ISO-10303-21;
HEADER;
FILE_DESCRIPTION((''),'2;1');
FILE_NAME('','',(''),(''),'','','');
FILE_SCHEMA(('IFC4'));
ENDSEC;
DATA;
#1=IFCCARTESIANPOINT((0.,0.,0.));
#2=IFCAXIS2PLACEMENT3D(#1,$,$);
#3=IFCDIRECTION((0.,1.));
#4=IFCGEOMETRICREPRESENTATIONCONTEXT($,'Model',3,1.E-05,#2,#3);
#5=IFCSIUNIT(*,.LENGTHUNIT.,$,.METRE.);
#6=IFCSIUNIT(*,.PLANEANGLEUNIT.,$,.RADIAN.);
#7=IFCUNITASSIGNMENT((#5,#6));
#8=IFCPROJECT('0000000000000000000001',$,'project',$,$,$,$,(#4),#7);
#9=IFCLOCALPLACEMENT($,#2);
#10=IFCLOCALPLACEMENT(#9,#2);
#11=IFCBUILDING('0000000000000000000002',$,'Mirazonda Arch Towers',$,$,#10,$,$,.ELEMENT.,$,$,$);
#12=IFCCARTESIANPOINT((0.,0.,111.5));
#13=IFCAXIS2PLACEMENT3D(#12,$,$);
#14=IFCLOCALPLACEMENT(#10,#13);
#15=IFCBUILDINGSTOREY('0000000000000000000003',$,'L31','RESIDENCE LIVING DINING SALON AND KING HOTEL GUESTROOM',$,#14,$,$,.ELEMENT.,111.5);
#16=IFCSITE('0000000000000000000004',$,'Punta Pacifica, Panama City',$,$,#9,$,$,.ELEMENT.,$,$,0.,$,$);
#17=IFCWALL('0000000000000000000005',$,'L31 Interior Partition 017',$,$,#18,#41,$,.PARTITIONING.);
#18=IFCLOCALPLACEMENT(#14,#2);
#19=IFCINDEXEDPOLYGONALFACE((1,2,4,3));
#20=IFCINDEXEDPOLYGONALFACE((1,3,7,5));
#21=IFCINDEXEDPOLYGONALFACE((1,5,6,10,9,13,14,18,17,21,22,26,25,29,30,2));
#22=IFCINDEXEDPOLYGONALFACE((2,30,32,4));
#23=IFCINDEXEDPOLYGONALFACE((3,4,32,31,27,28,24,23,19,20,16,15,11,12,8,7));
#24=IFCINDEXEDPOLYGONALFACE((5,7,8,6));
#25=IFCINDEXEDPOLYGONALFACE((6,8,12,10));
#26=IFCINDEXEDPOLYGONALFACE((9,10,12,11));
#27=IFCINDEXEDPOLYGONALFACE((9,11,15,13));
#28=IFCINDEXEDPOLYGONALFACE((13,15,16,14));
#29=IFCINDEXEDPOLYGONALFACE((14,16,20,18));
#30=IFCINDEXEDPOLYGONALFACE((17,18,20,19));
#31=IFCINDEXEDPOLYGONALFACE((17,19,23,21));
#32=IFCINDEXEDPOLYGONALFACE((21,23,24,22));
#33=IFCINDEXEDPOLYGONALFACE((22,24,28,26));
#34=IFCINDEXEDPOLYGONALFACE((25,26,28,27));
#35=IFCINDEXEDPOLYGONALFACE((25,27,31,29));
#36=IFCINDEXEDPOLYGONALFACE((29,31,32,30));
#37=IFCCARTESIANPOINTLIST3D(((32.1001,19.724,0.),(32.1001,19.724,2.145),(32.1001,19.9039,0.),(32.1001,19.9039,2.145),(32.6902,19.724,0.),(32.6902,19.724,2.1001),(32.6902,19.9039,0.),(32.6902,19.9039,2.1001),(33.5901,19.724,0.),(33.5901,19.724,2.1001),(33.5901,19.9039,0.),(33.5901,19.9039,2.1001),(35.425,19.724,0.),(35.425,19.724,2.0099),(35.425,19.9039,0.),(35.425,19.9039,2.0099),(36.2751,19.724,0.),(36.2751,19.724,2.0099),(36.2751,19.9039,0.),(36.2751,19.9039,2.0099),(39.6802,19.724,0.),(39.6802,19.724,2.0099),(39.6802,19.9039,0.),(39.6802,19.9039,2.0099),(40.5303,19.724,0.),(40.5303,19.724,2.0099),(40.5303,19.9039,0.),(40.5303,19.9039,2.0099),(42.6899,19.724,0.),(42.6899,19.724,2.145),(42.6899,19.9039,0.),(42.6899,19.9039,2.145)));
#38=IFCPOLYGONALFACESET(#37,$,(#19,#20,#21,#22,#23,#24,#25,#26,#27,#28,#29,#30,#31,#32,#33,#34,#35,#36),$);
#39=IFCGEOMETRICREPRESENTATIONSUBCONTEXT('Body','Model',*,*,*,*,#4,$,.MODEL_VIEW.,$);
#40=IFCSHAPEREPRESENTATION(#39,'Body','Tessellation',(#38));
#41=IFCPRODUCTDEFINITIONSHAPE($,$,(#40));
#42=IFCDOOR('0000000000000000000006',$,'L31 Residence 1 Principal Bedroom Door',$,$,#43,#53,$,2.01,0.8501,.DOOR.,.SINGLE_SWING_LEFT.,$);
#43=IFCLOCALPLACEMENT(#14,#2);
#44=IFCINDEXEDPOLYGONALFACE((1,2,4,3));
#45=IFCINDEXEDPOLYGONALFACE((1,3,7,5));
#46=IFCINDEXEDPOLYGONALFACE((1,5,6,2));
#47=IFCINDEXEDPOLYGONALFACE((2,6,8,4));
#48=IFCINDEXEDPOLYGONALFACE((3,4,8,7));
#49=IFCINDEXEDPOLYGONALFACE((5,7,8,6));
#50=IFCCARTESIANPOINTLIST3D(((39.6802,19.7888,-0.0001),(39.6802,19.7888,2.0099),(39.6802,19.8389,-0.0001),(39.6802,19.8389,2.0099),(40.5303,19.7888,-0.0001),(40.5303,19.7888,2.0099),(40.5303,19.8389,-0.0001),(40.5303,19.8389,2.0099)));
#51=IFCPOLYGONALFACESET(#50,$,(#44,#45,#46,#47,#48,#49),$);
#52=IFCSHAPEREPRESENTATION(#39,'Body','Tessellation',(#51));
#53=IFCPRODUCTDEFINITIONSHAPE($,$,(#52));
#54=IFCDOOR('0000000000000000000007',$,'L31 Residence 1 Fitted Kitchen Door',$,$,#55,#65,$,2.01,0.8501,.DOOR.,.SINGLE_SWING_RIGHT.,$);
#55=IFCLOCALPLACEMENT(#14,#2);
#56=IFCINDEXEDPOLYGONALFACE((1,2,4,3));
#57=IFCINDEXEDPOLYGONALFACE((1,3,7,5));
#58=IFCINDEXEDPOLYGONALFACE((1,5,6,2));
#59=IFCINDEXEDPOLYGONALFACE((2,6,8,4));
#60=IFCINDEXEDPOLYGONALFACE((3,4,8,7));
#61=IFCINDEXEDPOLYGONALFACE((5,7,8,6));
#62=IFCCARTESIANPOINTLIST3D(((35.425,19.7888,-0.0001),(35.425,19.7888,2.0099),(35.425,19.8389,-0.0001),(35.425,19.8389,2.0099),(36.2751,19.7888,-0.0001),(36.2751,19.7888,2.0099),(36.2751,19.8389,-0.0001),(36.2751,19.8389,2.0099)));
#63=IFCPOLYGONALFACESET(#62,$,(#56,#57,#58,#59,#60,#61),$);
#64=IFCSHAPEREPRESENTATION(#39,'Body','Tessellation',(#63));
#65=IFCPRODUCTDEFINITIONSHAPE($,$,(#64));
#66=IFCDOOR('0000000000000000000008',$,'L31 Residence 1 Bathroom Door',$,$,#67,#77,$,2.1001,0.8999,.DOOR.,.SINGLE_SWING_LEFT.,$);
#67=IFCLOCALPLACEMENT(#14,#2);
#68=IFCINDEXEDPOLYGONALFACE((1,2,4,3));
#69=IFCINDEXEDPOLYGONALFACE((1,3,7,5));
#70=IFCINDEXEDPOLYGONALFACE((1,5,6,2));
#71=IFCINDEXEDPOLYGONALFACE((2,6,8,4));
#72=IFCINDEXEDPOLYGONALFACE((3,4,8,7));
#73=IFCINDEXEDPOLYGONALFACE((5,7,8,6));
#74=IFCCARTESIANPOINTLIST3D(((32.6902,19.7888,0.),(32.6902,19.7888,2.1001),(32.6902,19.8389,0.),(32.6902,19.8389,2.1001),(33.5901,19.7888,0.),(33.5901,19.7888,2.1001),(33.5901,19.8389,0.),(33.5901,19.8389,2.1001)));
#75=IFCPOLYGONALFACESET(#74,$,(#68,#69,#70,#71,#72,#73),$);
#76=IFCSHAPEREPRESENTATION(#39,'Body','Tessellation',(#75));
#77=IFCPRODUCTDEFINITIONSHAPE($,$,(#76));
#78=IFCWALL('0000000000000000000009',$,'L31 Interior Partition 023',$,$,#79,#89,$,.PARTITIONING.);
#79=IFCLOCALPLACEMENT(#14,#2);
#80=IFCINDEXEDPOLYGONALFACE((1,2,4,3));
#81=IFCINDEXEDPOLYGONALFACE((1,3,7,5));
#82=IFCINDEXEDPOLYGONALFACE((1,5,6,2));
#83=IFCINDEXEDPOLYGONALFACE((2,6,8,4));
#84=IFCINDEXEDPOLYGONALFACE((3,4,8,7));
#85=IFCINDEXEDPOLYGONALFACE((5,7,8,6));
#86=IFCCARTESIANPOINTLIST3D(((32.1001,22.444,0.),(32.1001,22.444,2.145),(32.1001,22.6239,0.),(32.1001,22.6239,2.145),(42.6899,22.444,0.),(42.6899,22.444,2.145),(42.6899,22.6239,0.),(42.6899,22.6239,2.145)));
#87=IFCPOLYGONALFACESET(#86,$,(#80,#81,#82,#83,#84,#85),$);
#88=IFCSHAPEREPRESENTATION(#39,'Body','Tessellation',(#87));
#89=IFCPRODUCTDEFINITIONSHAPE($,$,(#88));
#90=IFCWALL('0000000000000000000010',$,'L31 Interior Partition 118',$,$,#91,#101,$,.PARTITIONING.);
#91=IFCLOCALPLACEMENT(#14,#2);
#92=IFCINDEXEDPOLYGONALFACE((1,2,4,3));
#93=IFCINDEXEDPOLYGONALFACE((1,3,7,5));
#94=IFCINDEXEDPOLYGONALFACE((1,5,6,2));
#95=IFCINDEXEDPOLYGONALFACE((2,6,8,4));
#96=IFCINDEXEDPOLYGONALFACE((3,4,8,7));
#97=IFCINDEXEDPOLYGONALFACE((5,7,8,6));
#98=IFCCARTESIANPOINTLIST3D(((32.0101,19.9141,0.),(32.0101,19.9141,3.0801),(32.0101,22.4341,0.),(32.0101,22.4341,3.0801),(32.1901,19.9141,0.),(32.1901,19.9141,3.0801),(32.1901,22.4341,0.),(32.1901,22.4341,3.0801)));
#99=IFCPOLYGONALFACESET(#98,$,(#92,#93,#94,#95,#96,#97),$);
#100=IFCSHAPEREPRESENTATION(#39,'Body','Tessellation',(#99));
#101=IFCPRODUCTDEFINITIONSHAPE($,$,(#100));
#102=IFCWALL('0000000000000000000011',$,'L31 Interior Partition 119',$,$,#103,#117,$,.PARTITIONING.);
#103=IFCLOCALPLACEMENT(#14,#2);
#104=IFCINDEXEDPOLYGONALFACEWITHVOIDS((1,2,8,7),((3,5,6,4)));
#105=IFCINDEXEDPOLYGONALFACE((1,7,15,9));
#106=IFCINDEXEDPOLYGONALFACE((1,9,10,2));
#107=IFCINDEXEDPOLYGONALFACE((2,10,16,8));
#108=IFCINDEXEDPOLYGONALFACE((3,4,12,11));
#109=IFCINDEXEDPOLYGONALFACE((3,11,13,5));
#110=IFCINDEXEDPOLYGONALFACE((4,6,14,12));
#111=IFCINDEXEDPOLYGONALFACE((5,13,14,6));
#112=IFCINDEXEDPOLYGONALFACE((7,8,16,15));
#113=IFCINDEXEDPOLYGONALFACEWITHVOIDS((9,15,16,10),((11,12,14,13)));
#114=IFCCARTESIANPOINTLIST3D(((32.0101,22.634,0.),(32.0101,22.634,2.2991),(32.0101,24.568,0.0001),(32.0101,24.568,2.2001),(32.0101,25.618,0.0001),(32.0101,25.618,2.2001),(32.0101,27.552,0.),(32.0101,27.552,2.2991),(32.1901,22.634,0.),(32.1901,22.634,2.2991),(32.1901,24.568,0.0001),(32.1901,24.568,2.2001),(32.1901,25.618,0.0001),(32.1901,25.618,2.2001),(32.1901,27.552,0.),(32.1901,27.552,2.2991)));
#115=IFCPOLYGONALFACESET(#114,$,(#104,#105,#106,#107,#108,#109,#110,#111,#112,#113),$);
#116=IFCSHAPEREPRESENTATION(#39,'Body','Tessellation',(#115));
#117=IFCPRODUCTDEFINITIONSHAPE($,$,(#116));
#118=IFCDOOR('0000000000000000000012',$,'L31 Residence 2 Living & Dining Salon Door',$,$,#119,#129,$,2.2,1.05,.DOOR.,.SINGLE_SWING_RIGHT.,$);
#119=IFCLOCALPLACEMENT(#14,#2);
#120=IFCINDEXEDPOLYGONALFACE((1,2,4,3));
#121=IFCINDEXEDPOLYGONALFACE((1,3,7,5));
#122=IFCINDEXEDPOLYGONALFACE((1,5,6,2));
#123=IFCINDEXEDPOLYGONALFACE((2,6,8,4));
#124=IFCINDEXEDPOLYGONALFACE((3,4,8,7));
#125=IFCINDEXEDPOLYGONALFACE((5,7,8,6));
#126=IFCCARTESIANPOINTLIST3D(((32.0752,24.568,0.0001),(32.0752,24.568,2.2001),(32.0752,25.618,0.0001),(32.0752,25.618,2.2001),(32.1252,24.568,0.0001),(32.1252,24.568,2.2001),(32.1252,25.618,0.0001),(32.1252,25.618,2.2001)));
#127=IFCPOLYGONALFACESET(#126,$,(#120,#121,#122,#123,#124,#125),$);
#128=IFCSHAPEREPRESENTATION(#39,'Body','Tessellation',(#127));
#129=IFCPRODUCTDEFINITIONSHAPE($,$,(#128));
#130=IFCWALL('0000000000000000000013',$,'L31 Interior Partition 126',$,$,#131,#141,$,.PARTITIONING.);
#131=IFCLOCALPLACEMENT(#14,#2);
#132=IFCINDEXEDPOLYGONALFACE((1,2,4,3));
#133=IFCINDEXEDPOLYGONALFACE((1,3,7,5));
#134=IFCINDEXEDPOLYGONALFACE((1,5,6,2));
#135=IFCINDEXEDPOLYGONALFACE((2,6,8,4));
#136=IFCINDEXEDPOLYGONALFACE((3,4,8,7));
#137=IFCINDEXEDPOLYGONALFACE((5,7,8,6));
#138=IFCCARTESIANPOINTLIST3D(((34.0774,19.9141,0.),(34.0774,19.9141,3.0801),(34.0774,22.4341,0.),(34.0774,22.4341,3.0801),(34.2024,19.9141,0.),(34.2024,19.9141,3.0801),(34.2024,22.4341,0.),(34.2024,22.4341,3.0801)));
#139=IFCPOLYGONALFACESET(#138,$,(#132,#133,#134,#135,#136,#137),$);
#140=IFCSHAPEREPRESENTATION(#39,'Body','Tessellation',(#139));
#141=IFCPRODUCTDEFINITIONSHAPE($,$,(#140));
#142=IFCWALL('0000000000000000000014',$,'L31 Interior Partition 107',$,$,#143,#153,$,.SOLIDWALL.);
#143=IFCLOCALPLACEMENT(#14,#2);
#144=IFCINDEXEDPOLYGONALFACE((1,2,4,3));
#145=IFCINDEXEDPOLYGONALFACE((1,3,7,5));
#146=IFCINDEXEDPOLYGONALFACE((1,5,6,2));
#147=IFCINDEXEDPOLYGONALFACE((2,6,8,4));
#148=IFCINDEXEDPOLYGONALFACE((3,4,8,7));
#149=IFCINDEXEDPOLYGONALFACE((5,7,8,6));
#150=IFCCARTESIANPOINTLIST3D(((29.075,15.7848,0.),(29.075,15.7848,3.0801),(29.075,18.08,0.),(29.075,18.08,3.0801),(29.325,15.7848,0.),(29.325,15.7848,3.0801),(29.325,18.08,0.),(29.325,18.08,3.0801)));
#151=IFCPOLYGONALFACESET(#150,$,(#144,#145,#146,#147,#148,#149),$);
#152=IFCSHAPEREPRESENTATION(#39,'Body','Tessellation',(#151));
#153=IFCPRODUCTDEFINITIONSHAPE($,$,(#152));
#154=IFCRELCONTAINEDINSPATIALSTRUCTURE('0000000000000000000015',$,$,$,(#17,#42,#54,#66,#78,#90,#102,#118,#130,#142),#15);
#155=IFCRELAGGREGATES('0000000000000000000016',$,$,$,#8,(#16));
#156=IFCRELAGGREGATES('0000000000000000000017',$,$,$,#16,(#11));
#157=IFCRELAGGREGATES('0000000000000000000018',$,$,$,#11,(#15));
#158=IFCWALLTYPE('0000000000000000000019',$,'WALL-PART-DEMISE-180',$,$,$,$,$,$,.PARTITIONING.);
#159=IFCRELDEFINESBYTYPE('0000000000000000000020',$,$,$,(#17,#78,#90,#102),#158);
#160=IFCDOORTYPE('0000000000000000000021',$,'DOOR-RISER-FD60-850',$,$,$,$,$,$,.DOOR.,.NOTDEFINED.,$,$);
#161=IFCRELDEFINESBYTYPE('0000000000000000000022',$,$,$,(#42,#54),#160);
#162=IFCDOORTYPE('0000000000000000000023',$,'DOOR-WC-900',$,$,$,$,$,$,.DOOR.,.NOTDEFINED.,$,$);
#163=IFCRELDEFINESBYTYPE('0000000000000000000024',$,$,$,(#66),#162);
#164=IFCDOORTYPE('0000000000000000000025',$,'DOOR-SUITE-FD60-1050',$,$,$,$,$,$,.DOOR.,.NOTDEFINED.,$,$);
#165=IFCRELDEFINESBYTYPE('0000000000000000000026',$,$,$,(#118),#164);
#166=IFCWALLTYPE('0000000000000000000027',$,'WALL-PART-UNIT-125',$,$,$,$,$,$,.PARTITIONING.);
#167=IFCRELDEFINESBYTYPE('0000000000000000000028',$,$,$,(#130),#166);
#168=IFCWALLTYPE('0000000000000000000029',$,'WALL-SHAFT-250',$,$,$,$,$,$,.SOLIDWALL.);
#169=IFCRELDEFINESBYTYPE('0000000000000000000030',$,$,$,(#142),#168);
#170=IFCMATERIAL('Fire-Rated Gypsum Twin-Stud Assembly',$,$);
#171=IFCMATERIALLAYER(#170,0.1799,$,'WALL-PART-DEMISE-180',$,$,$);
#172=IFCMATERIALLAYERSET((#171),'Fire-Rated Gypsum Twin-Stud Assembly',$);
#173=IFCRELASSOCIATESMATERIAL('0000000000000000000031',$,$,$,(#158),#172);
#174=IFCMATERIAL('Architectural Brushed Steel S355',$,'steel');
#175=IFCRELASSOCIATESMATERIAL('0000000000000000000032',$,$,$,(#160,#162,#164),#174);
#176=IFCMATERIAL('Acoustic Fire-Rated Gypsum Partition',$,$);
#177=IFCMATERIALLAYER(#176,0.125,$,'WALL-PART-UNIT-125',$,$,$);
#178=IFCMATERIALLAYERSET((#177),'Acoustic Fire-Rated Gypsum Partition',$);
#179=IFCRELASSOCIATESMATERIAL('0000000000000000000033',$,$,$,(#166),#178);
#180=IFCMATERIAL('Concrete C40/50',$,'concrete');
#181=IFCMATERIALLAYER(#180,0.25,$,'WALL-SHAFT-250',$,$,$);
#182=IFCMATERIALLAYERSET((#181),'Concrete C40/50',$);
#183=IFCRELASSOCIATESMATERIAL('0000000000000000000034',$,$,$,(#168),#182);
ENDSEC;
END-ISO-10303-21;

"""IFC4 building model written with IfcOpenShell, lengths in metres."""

from ifc_helpers import new_model, si_unit, direction, frame, frame_2d, origin, place, context, subcontext, project, spatial, rectangle, extrude, material, layer, layer_set, type_object, element, fill, save


model = new_model("IFC4")

# Units and contexts
model_context = context("Model", 3, precision=1e-05, world=origin(), true_north=direction((0.0, 1.0)))
body_context = subcontext(model_context, "Body", "Model", "MODEL_VIEW")
ifc_project = project(units=[si_unit("LENGTHUNIT", "METRE"), si_unit("PLANEANGLEUNIT", "RADIAN")], contexts=[model_context])

# Site, building, storey
site_placement = place(None, origin())
site = spatial("IfcSite", under=ifc_project, at=site_placement, Name="Punta Pacifica, Panama City", CompositionType="ELEMENT", RefElevation=0.0)
building_placement = place(site_placement, origin())
building = spatial("IfcBuilding", under=site, at=building_placement, Name="Mirazonda Arch Towers", CompositionType="ELEMENT")
storey_placement = place(building_placement, frame((0.0, 0.0, 111.5)))
storey = spatial("IfcBuildingStorey", under=building, at=storey_placement, Name="L31", Description="RESIDENCE LIVING DINING SALON AND KING HOTEL GUESTROOM", CompositionType="ELEMENT", Elevation=111.5)

# Wall, openings, doors
ifc_material_1 = material(Name="Fire-Rated Gypsum Twin-Stud Assembly")
ifc_layer_1 = layer(ifc_material_1, 0.1799, Name="WALL-PART-DEMISE-180")
ifc_layer_set_1 = layer_set([ifc_layer_1], Name="Fire-Rated Gypsum Twin-Stud Assembly")
wall_type_1 = type_object("IfcWallType", Name="WALL-PART-DEMISE-180", PredefinedType="PARTITIONING", material=ifc_layer_set_1)
wall_1_placement = place(storey_placement, frame((32.1001, 19.814, 0.0), z_axis=(0.0, 0.0, 1.0), x_axis=(1.0, 0.0, 0.0)))
wall_1 = element("IfcWall", 1, at=wall_1_placement, inside=storey, type_object=wall_type_1, Name="L31 Interior Partition 017", PredefinedType="PARTITIONING", context=body_context, shape_type="SweptSolid", body=[
    extrude(rectangle(XDim=10.5898, YDim=0.1799, at=frame_2d((5.2949, 0.0))), origin(), (0.0, 0.0, 1.0), 2.145),
])
opening_1_placement = place(wall_1_placement, frame((7.5801, 0.0, 0.0)))
opening_1 = element("IfcOpeningElement", 2, at=opening_1_placement, cuts=wall_1, PredefinedType="OPENING", context=body_context, shape_type="SweptSolid", body=[
    extrude(rectangle(XDim=0.8501, YDim=2.01, at=frame_2d((0.425, 1.0049))), frame((0.0, 0.0999, 0.0), z_axis=(0.0, -1.0, 0.0), x_axis=(1.0, 0.0, 0.0)), (0.0, 0.0, 1.0), 0.2),
])
opening_2_placement = place(wall_1_placement, frame((3.325, 0.0, 0.0)))
opening_2 = element("IfcOpeningElement", 3, at=opening_2_placement, cuts=wall_1, PredefinedType="OPENING", context=body_context, shape_type="SweptSolid", body=[
    extrude(rectangle(XDim=0.8501, YDim=2.01, at=frame_2d((0.425, 1.0049))), frame((0.0, 0.0999, 0.0), z_axis=(0.0, -1.0, 0.0), x_axis=(1.0, 0.0, 0.0)), (0.0, 0.0, 1.0), 0.2),
])
opening_3_placement = place(wall_1_placement, frame((0.5901, 0.0, 0.0)))
opening_3 = element("IfcOpeningElement", 4, at=opening_3_placement, cuts=wall_1, PredefinedType="OPENING", context=body_context, shape_type="SweptSolid", body=[
    extrude(rectangle(XDim=0.8999, YDim=2.1001, at=frame_2d((0.45, 1.05))), frame((0.0, 0.0999, 0.0), z_axis=(0.0, -1.0, 0.0), x_axis=(1.0, 0.0, 0.0)), (0.0, 0.0, 1.0), 0.2),
])
ifc_material_2 = material(Name="Architectural Brushed Steel S355", Category="steel")
door_type_1 = type_object("IfcDoorType", Name="DOOR-RISER-FD60-850", OperationType="NOTDEFINED", PredefinedType="DOOR", material=ifc_material_2)
door_1_placement = place(opening_1_placement, origin())
door_1 = element("IfcDoor", 5, at=door_1_placement, inside=storey, type_object=door_type_1, Name="L31 Residence 1 Principal Bedroom Door", OperationType="SINGLE_SWING_LEFT", OverallHeight=2.01, OverallWidth=0.8501, PredefinedType="DOOR", context=body_context, shape_type="SweptSolid", body=[
    extrude(rectangle(XDim=0.8501, YDim=2.01, at=frame_2d((0.425, 1.0049))), frame((0.0, 0.0249, 0.0), z_axis=(0.0, -1.0, 0.0), x_axis=(1.0, 0.0, 0.0)), (0.0, 0.0, 1.0), 0.05),
])
fill(opening_1, door_1)
door_2_placement = place(opening_2_placement, origin())
door_2 = element("IfcDoor", 6, at=door_2_placement, inside=storey, type_object=door_type_1, Name="L31 Residence 1 Fitted Kitchen Door", OperationType="SINGLE_SWING_RIGHT", OverallHeight=2.01, OverallWidth=0.8501, PredefinedType="DOOR", context=body_context, shape_type="SweptSolid", body=[
    extrude(rectangle(XDim=0.8501, YDim=2.01, at=frame_2d((0.425, 1.0049))), frame((0.0, 0.0249, 0.0), z_axis=(0.0, -1.0, 0.0), x_axis=(1.0, 0.0, 0.0)), (0.0, 0.0, 1.0), 0.05),
])
fill(opening_2, door_2)
door_type_2 = type_object("IfcDoorType", Name="DOOR-WC-900", OperationType="NOTDEFINED", PredefinedType="DOOR", material=ifc_material_2)
door_3_placement = place(opening_3_placement, origin())
door_3 = element("IfcDoor", 7, at=door_3_placement, inside=storey, type_object=door_type_2, Name="L31 Residence 1 Bathroom Door", OperationType="SINGLE_SWING_LEFT", OverallHeight=2.1001, OverallWidth=0.8999, PredefinedType="DOOR", context=body_context, shape_type="SweptSolid", body=[
    extrude(rectangle(XDim=0.8999, YDim=2.1001, at=frame_2d((0.45, 1.05))), frame((0.0, 0.0249, 0.0), z_axis=(0.0, -1.0, 0.0), x_axis=(1.0, 0.0, 0.0)), (0.0, 0.0, 1.0), 0.05),
])
fill(opening_3, door_3)

# Walls
wall_2_placement = place(storey_placement, frame((32.1001, 22.5339, 0.0), z_axis=(0.0, 0.0, 1.0), x_axis=(1.0, 0.0, 0.0)))
element("IfcWall", 8, at=wall_2_placement, inside=storey, type_object=wall_type_1, Name="L31 Interior Partition 023", PredefinedType="PARTITIONING", context=body_context, shape_type="SweptSolid", body=[
    extrude(rectangle(XDim=10.5898, YDim=0.1799, at=frame_2d((5.2949, 0.0))), origin(), (0.0, 0.0, 1.0), 2.145),
])
wall_3_placement = place(storey_placement, frame((32.1001, 19.9141, 0.0), z_axis=(0.0, 0.0, 1.0), x_axis=(0.0, 1.0, 0.0)))
element("IfcWall", 9, at=wall_3_placement, inside=storey, type_object=wall_type_1, Name="L31 Interior Partition 118", PredefinedType="PARTITIONING", context=body_context, shape_type="SweptSolid", body=[
    extrude(rectangle(XDim=2.52, YDim=0.1799, at=frame_2d((1.26, 0.0))), origin(), (0.0, 0.0, 1.0), 3.0801),
])

# Wall, opening, door
wall_4_placement = place(storey_placement, frame((32.1001, 22.634, 0.0), z_axis=(0.0, 0.0, 1.0), x_axis=(0.0, 1.0, 0.0)))
wall_4 = element("IfcWall", 10, at=wall_4_placement, inside=storey, type_object=wall_type_1, Name="L31 Interior Partition 119", PredefinedType="PARTITIONING", context=body_context, shape_type="SweptSolid", body=[
    extrude(rectangle(XDim=4.918, YDim=0.1799, at=frame_2d((2.459, 0.0))), origin(), (0.0, 0.0, 1.0), 2.2991),
])
opening_4_placement = place(wall_4_placement, frame((1.9341, 0.0, 0.0)))
opening_4 = element("IfcOpeningElement", 11, at=opening_4_placement, cuts=wall_4, PredefinedType="OPENING", context=body_context, shape_type="SweptSolid", body=[
    extrude(rectangle(XDim=1.05, YDim=2.2, at=frame_2d((0.5249, 1.1001))), frame((0.0, 0.0999, 0.0), z_axis=(0.0, -1.0, 0.0), x_axis=(1.0, 0.0, 0.0)), (0.0, 0.0, 1.0), 0.2),
])
door_type_3 = type_object("IfcDoorType", Name="DOOR-SUITE-FD60-1050", OperationType="NOTDEFINED", PredefinedType="DOOR", material=ifc_material_2)
door_4_placement = place(opening_4_placement, origin())
door_4 = element("IfcDoor", 12, at=door_4_placement, inside=storey, type_object=door_type_3, Name="L31 Residence 2 Living & Dining Salon Door", OperationType="SINGLE_SWING_RIGHT", OverallHeight=2.2, OverallWidth=1.05, PredefinedType="DOOR", context=body_context, shape_type="SweptSolid", body=[
    extrude(rectangle(XDim=1.05, YDim=2.2, at=frame_2d((0.5249, 1.1001))), frame((0.0, 0.0249, 0.0), z_axis=(0.0, -1.0, 0.0), x_axis=(1.0, 0.0, 0.0)), (0.0, 0.0, 1.0), 0.05),
])
fill(opening_4, door_4)

# Walls
ifc_material_3 = material(Name="Acoustic Fire-Rated Gypsum Partition")
ifc_layer_2 = layer(ifc_material_3, 0.125, Name="WALL-PART-UNIT-125")
ifc_layer_set_2 = layer_set([ifc_layer_2], Name="Acoustic Fire-Rated Gypsum Partition")
wall_type_2 = type_object("IfcWallType", Name="WALL-PART-UNIT-125", PredefinedType="PARTITIONING", material=ifc_layer_set_2)
wall_5_placement = place(storey_placement, frame((34.1399, 19.9141, 0.0), z_axis=(0.0, 0.0, 1.0), x_axis=(0.0, 1.0, 0.0)))
element("IfcWall", 13, at=wall_5_placement, inside=storey, type_object=wall_type_2, Name="L31 Interior Partition 126", PredefinedType="PARTITIONING", context=body_context, shape_type="SweptSolid", body=[
    extrude(rectangle(XDim=2.52, YDim=0.125, at=frame_2d((1.26, 0.0))), origin(), (0.0, 0.0, 1.0), 3.0801),
])
ifc_material_4 = material(Name="Concrete C40/50", Category="concrete")
ifc_layer_3 = layer(ifc_material_4, 0.25, Name="WALL-SHAFT-250")
ifc_layer_set_3 = layer_set([ifc_layer_3], Name="Concrete C40/50")
wall_type_3 = type_object("IfcWallType", Name="WALL-SHAFT-250", PredefinedType="SOLIDWALL", material=ifc_layer_set_3)
wall_6_placement = place(storey_placement, frame((29.2, 15.7849, 0.0), z_axis=(0.0, 0.0, 1.0), x_axis=(0.0, 1.0, 0.0)))
element("IfcWall", 14, at=wall_6_placement, inside=storey, type_object=wall_type_3, Name="L31 Interior Partition 107", PredefinedType="SOLIDWALL", context=body_context, shape_type="SweptSolid", body=[
    extrude(rectangle(XDim=2.2952, YDim=0.25, at=frame_2d((1.1475, 0.0))), origin(), (0.0, 0.0, 1.0), 3.0801),
])

save(model, "model.ifc")
